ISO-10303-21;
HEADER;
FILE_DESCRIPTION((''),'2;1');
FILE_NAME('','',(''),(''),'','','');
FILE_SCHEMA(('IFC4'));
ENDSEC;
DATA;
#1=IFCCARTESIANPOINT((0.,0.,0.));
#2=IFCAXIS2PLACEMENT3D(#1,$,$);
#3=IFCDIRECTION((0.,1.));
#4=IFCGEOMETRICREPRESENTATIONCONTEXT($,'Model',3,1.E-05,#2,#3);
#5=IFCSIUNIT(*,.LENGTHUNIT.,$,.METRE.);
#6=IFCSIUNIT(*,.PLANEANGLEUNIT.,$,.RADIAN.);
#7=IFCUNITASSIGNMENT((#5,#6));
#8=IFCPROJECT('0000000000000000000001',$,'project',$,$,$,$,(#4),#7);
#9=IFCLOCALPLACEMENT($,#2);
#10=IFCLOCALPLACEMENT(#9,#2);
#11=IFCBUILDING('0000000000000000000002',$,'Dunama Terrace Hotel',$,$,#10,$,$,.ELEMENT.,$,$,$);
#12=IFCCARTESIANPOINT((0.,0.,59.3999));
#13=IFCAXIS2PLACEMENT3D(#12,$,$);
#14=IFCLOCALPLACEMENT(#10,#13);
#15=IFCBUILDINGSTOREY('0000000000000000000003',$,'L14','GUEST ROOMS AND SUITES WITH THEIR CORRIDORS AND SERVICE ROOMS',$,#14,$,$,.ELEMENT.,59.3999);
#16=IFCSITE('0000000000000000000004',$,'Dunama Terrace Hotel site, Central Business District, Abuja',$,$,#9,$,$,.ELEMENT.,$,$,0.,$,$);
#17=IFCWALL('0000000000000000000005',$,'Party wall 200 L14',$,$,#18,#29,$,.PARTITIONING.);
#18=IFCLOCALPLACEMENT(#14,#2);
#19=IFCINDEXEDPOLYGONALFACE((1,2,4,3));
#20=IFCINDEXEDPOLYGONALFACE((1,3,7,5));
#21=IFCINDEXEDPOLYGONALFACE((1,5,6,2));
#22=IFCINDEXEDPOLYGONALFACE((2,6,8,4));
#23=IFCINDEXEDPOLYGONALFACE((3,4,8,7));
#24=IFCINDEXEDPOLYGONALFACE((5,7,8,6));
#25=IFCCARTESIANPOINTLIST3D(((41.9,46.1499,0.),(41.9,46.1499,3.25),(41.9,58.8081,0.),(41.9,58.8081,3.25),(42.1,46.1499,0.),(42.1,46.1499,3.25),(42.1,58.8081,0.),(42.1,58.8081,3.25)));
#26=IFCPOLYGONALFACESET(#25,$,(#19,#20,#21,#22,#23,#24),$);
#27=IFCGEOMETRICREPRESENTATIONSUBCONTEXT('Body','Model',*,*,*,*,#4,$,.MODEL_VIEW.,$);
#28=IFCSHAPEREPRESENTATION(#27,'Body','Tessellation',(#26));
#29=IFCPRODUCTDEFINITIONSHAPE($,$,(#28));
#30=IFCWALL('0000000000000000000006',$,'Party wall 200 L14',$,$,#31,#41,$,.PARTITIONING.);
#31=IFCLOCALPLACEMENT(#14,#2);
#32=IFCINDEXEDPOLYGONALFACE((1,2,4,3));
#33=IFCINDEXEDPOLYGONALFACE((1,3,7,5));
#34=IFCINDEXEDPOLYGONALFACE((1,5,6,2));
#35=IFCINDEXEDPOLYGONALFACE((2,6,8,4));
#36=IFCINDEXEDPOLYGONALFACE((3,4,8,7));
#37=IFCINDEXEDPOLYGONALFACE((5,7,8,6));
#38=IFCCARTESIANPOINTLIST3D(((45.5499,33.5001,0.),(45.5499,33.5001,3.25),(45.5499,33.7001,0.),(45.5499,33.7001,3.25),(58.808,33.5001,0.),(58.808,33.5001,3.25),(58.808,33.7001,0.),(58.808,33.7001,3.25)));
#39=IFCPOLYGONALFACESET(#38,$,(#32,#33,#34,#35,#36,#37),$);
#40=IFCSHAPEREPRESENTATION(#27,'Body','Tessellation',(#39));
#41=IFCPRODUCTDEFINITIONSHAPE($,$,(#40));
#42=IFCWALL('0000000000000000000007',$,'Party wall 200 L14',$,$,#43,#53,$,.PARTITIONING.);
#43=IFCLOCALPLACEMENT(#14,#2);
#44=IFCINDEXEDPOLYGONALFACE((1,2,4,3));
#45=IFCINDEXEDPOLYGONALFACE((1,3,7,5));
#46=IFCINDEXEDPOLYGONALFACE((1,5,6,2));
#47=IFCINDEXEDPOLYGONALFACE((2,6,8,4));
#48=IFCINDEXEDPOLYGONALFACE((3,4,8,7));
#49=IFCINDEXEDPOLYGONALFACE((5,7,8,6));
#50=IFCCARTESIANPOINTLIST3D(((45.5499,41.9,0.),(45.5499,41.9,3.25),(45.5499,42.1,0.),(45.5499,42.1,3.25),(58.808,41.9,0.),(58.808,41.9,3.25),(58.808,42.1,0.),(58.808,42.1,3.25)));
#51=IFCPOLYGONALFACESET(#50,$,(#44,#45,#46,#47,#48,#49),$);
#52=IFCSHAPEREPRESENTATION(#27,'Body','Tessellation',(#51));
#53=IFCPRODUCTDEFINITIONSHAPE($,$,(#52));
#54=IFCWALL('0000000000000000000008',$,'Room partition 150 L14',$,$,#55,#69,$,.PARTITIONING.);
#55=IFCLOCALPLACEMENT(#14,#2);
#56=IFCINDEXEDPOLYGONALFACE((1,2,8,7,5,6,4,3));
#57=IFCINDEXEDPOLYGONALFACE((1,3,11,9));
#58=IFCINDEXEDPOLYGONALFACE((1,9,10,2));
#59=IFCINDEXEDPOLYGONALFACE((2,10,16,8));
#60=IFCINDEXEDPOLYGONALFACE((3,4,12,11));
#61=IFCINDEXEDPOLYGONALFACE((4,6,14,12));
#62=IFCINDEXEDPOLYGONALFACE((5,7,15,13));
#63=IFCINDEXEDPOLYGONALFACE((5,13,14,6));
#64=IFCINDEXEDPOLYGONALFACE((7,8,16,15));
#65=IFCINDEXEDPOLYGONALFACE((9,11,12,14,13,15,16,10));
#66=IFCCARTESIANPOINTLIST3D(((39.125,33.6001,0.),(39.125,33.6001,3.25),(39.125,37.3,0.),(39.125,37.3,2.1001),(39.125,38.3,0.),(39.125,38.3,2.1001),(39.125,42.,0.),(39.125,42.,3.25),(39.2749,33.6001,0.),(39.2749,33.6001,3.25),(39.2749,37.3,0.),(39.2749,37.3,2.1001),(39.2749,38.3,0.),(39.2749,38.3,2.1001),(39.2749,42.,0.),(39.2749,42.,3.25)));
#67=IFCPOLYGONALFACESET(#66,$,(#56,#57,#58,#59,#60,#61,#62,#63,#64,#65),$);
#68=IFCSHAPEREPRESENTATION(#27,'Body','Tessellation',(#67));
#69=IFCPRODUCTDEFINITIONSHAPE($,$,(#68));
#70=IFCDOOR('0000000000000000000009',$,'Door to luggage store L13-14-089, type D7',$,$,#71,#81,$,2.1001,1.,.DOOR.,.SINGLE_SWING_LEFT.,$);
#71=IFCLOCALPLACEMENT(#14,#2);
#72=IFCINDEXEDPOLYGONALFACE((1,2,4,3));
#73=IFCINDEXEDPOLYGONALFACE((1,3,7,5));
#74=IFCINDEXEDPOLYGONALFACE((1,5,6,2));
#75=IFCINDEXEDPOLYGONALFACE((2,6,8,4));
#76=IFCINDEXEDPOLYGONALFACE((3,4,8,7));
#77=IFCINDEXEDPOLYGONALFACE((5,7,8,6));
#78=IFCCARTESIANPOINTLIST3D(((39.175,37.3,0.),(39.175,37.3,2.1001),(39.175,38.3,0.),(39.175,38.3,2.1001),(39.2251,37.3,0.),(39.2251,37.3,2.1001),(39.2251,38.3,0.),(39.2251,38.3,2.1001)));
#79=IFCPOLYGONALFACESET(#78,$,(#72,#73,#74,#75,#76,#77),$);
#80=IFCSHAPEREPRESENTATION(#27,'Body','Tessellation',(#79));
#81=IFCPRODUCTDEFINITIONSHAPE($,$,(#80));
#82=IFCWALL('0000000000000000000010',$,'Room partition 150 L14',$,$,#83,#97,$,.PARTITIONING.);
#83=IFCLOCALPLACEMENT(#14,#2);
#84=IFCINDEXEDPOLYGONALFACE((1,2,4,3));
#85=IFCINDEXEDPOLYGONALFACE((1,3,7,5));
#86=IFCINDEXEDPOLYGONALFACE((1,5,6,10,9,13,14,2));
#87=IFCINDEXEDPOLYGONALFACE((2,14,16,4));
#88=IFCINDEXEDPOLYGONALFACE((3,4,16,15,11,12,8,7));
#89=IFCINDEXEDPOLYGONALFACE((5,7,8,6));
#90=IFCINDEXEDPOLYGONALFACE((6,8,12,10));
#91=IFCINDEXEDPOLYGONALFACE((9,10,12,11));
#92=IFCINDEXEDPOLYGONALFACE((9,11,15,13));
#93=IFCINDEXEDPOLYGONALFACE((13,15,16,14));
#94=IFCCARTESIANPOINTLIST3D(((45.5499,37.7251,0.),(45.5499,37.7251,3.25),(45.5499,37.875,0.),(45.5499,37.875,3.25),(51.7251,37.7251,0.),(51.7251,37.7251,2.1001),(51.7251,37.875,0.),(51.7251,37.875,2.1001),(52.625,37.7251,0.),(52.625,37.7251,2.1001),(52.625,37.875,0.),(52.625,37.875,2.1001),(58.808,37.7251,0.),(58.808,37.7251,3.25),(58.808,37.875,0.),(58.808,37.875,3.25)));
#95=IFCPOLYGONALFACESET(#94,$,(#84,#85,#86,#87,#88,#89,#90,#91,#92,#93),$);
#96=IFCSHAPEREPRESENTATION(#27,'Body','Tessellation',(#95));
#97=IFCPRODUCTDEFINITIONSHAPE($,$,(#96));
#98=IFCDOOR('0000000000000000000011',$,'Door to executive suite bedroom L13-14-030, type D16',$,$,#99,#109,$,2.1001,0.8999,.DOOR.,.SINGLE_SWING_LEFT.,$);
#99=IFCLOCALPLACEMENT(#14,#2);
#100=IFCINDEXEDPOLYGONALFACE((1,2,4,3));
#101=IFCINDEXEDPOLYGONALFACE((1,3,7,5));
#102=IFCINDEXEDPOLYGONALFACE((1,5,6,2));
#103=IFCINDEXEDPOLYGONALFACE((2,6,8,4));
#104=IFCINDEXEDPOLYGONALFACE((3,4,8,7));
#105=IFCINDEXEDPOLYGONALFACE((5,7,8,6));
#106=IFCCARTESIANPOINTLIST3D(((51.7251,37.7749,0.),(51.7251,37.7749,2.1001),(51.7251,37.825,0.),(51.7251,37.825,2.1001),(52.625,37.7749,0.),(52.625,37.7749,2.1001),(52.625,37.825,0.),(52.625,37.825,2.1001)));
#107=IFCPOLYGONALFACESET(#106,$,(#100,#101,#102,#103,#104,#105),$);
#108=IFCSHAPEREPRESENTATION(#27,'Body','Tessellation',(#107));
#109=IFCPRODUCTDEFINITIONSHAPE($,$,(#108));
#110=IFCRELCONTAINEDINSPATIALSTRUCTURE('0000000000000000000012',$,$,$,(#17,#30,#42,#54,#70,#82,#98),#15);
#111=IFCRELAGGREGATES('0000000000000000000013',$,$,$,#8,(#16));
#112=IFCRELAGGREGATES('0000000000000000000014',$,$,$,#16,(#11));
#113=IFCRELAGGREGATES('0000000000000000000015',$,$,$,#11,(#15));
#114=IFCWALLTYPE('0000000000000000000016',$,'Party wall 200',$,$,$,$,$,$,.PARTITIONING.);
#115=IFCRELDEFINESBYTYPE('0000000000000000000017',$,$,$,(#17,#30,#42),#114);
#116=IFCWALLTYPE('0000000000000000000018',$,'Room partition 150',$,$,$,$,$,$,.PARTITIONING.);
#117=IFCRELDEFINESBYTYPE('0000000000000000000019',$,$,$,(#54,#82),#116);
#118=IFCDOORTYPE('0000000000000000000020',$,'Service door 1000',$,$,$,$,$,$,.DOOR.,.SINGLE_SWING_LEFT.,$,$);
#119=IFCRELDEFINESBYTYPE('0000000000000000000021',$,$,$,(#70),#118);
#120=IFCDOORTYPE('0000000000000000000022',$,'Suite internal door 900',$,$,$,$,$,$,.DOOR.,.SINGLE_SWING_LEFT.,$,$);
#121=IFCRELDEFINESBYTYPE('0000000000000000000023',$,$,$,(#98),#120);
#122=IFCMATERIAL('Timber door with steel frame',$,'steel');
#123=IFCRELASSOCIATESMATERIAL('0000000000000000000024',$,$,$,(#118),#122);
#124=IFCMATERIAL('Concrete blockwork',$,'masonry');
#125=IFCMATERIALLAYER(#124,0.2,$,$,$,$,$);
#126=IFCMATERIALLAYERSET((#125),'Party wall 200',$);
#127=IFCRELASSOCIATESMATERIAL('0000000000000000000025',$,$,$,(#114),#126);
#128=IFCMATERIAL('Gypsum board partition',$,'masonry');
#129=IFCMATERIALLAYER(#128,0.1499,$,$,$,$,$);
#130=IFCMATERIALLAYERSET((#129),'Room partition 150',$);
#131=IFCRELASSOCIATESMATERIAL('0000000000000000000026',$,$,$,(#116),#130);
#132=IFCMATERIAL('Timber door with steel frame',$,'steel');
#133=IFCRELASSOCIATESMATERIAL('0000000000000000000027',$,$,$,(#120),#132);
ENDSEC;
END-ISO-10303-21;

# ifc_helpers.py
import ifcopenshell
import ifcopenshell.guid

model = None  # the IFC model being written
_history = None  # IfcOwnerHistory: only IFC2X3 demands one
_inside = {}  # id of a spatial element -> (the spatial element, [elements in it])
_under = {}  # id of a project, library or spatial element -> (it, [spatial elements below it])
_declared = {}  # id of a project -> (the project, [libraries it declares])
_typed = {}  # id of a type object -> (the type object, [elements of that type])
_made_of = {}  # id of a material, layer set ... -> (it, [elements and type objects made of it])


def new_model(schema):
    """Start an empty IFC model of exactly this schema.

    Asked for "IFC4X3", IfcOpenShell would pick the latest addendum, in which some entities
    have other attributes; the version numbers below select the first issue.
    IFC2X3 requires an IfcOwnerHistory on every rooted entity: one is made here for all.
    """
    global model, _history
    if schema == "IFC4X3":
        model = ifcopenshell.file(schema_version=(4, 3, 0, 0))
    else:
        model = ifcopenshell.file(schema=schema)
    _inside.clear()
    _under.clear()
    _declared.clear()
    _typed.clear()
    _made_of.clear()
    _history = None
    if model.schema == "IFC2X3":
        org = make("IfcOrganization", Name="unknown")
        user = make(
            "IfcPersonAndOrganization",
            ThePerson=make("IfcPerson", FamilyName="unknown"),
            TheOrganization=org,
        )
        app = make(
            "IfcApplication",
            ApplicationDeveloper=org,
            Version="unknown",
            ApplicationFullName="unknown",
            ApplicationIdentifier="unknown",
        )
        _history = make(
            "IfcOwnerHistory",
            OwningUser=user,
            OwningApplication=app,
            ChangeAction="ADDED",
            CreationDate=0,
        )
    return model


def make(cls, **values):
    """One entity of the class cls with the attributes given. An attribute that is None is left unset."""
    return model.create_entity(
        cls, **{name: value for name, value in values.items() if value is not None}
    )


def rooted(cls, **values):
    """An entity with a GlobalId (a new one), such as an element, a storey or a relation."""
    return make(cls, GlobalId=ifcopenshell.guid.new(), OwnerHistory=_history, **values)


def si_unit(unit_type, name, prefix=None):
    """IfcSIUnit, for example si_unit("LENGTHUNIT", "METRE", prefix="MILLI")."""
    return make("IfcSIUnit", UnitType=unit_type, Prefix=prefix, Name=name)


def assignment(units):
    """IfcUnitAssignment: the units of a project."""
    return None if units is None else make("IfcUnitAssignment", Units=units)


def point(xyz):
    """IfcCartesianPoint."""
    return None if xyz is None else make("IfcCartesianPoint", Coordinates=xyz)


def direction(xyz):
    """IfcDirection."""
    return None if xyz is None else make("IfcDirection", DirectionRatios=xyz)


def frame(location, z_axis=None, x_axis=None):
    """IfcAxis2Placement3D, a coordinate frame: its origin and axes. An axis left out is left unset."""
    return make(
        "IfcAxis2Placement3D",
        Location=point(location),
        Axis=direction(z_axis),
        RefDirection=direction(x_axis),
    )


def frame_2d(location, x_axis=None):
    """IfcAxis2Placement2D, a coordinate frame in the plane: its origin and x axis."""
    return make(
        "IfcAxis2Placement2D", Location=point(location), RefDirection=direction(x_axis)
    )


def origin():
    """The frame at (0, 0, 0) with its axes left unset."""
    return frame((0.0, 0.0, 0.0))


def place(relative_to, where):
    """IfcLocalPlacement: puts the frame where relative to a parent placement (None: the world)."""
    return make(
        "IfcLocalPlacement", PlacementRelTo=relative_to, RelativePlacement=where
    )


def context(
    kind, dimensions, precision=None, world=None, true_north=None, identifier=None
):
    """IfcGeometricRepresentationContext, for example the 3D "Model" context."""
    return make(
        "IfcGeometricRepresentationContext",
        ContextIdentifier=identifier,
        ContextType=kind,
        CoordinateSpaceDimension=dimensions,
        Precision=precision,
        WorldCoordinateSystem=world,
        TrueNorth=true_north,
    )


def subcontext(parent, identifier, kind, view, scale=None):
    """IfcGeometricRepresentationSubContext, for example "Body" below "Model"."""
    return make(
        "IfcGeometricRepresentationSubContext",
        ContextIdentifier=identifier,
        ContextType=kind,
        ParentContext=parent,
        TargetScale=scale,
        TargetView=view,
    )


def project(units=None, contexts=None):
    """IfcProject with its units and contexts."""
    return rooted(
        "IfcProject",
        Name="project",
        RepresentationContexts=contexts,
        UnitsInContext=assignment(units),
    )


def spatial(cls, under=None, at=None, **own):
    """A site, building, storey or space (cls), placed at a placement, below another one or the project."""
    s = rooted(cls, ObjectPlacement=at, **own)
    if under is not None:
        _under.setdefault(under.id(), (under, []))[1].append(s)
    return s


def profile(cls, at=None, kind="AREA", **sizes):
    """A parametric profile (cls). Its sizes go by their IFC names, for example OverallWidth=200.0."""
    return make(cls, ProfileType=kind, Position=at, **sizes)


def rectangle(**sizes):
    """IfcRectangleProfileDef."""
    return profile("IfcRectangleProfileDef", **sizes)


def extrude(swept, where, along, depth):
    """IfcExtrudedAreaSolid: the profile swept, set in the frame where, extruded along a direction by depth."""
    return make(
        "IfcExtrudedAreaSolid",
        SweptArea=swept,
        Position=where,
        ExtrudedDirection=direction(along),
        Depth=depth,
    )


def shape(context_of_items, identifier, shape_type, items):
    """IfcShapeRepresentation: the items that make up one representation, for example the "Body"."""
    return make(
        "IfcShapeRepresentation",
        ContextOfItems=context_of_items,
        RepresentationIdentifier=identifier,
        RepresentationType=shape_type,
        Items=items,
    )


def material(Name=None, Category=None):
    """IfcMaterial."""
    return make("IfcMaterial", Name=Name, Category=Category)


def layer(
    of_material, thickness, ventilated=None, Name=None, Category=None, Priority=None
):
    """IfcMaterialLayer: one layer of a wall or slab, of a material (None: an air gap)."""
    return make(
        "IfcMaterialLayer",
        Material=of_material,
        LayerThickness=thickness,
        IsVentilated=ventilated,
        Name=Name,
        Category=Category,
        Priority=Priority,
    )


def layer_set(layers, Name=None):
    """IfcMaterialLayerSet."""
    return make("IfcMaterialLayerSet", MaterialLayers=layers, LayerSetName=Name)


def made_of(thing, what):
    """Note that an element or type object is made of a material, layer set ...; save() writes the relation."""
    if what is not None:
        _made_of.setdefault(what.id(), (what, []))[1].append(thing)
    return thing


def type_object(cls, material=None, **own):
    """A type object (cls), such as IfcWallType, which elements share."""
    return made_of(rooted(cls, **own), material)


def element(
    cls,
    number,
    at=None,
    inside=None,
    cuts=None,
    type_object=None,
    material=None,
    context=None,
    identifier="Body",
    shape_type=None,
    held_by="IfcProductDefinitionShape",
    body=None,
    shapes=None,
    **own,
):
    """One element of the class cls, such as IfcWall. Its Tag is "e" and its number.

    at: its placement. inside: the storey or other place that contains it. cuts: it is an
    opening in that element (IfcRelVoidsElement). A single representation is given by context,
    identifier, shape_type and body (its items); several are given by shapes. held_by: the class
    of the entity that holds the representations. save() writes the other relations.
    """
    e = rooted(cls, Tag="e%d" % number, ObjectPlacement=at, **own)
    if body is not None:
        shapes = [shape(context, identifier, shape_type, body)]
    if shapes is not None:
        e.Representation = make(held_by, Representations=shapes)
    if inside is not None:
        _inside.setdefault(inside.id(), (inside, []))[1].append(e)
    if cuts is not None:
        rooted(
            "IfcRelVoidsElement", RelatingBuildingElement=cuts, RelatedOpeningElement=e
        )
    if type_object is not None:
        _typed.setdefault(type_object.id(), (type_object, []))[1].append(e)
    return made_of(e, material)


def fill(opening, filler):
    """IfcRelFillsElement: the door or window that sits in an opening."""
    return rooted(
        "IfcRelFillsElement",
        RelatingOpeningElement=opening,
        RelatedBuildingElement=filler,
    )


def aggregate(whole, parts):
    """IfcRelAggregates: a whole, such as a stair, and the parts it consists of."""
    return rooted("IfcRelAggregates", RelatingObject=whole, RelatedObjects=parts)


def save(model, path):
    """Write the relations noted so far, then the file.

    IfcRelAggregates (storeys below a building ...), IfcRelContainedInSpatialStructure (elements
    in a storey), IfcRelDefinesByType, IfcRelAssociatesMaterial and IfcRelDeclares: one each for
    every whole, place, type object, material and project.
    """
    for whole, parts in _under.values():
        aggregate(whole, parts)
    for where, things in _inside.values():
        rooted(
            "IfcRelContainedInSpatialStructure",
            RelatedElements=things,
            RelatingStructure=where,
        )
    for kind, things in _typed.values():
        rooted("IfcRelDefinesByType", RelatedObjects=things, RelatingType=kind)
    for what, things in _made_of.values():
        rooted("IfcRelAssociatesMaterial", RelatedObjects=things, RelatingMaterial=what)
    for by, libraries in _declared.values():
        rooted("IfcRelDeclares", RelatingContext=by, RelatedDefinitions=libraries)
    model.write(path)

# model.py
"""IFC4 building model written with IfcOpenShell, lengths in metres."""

from ifc_helpers import new_model, si_unit, direction, frame, frame_2d, origin, place, context, subcontext, project, spatial, rectangle, extrude, material, layer, layer_set, type_object, element, fill, save


model = new_model("IFC4")

# Units and contexts
model_context = context("Model", 3, precision=1e-05, world=origin(), true_north=direction((0.0, 1.0)))
body_context = subcontext(model_context, "Body", "Model", "MODEL_VIEW")
ifc_project = project(units=[si_unit("LENGTHUNIT", "METRE"), si_unit("PLANEANGLEUNIT", "RADIAN")], contexts=[model_context])

# Site, building, storey
site_placement = place(None, origin())
site = spatial("IfcSite", under=ifc_project, at=site_placement, Name="Dunama Terrace Hotel site, Central Business District, Abuja", CompositionType="ELEMENT", RefElevation=0.0)
building_placement = place(site_placement, origin())
building = spatial("IfcBuilding", under=site, at=building_placement, Name="Dunama Terrace Hotel", CompositionType="ELEMENT")
storey_placement = place(building_placement, frame((0.0, 0.0, 59.3999)))
storey = spatial("IfcBuildingStorey", under=building, at=storey_placement, Name="L14", Description="GUEST ROOMS AND SUITES WITH THEIR CORRIDORS AND SERVICE ROOMS", CompositionType="ELEMENT", Elevation=59.3999)

# Shared definitions
ifc_material_1 = material(Name="Timber door with steel frame", Category="steel")
door_type_1 = type_object("IfcDoorType", Name="Service door 1000", OperationType="SINGLE_SWING_LEFT", PredefinedType="DOOR", material=ifc_material_1)

# Walls
ifc_material_2 = material(Name="Concrete blockwork", Category="masonry")
ifc_layer_1 = layer(ifc_material_2, 0.2)
ifc_layer_set_1 = layer_set([ifc_layer_1], Name="Party wall 200")
wall_type_1 = type_object("IfcWallType", Name="Party wall 200", PredefinedType="PARTITIONING", material=ifc_layer_set_1)
wall_1_placement = place(storey_placement, frame((42.0, 46.1499, 0.0), z_axis=(0.0, 0.0, 1.0), x_axis=(0.0, 1.0, 0.0)))
element("IfcWall", 1, at=wall_1_placement, inside=storey, type_object=wall_type_1, Name="Party wall 200 L14", PredefinedType="PARTITIONING", context=body_context, shape_type="SweptSolid", body=[
    extrude(rectangle(XDim=12.6582, YDim=0.2, at=frame_2d((6.3291, 0.0))), origin(), (0.0, 0.0, 1.0), 3.25),
])
for number, where, z_axis, x_axis, name in (
    (2, (45.55, 33.6001, 0.0), (0.0, 0.0, 1.0), (1.0, 0.0, 0.0), "Party wall 200 L14"),
    (3, (45.55, 42.0, 0.0), (0.0, 0.0, 1.0), (1.0, 0.0, 0.0), "Party wall 200 L14"),
):
    element("IfcWall", number, at=place(storey_placement, frame(where, z_axis=z_axis, x_axis=x_axis)), inside=storey, type_object=wall_type_1, Name=name, PredefinedType="PARTITIONING", context=body_context, shape_type="SweptSolid", body=[
        extrude(rectangle(XDim=13.2581, YDim=0.2, at=frame_2d((6.6289, 0.0))), origin(), (0.0, 0.0, 1.0), 3.25),
    ])

# Walls, openings, doors
ifc_material_3 = material(Name="Gypsum board partition", Category="masonry")
ifc_layer_2 = layer(ifc_material_3, 0.1499)
ifc_layer_set_2 = layer_set([ifc_layer_2], Name="Room partition 150")
wall_type_2 = type_object("IfcWallType", Name="Room partition 150", PredefinedType="PARTITIONING", material=ifc_layer_set_2)
wall_2_placement = place(storey_placement, frame((39.2, 33.6001, 0.0), z_axis=(0.0, 0.0, 1.0), x_axis=(0.0, 1.0, 0.0)))
wall_2 = element("IfcWall", 4, at=wall_2_placement, inside=storey, type_object=wall_type_2, Name="Room partition 150 L14", PredefinedType="PARTITIONING", context=body_context, shape_type="SweptSolid", body=[
    extrude(rectangle(XDim=8.3999, YDim=0.1499, at=frame_2d((4.2, 0.0))), origin(), (0.0, 0.0, 1.0), 3.25),
])
opening_1_placement = place(wall_2_placement, frame((3.7, 0.0, 0.0)))
opening_1 = element("IfcOpeningElement", 5, at=opening_1_placement, cuts=wall_2, PredefinedType="OPENING", context=body_context, shape_type="SweptSolid", body=[
    extrude(rectangle(XDim=1.0, YDim=2.1001, at=frame_2d((0.5, 1.05))), frame((0.0, 0.085, 0.0), z_axis=(0.0, -1.0, 0.0), x_axis=(1.0, 0.0, 0.0)), (0.0, 0.0, 1.0), 0.1699),
])
door_1_placement = place(opening_1_placement, origin())
door_1 = element("IfcDoor", 6, at=door_1_placement, inside=storey, type_object=door_type_1, Name="Door to luggage store L13-14-089, type D7", OperationType="SINGLE_SWING_LEFT", OverallHeight=2.1001, OverallWidth=1.0, PredefinedType="DOOR", context=body_context, shape_type="SweptSolid", body=[
    extrude(rectangle(XDim=1.0, YDim=2.1001, at=frame_2d((0.5, 1.05))), frame((0.0, 0.0249, 0.0), z_axis=(0.0, -1.0, 0.0), x_axis=(1.0, 0.0, 0.0)), (0.0, 0.0, 1.0), 0.05),
])
fill(opening_1, door_1)
wall_3_placement = place(storey_placement, frame((45.55, 37.8, 0.0), z_axis=(0.0, 0.0, 1.0), x_axis=(1.0, 0.0, 0.0)))
wall_3 = element("IfcWall", 7, at=wall_3_placement, inside=storey, type_object=wall_type_2, Name="Room partition 150 L14", PredefinedType="PARTITIONING", context=body_context, shape_type="SweptSolid", body=[
    extrude(rectangle(XDim=13.2581, YDim=0.1499, at=frame_2d((6.6289, 0.0))), origin(), (0.0, 0.0, 1.0), 3.25),
])
opening_2_placement = place(wall_3_placement, frame((6.175, 0.0, 0.0)))
opening_2 = element("IfcOpeningElement", 8, at=opening_2_placement, cuts=wall_3, PredefinedType="OPENING", context=body_context, shape_type="SweptSolid", body=[
    extrude(rectangle(XDim=0.8999, YDim=2.1001, at=frame_2d((0.45, 1.05))), frame((0.0, 0.085, 0.0), z_axis=(0.0, -1.0, 0.0), x_axis=(1.0, 0.0, 0.0)), (0.0, 0.0, 1.0), 0.1699),
])
ifc_material_4 = material(Name="Timber door with steel frame", Category="steel")
door_type_2 = type_object("IfcDoorType", Name="Suite internal door 900", OperationType="SINGLE_SWING_LEFT", PredefinedType="DOOR", material=ifc_material_4)
door_2_placement = place(opening_2_placement, origin())
door_2 = element("IfcDoor", 9, at=door_2_placement, inside=storey, type_object=door_type_2, Name="Door to executive suite bedroom L13-14-030, type D16", OperationType="SINGLE_SWING_LEFT", OverallHeight=2.1001, OverallWidth=0.8999, PredefinedType="DOOR", context=body_context, shape_type="SweptSolid", body=[
    extrude(rectangle(XDim=0.8999, YDim=2.1001, at=frame_2d((0.45, 1.05))), frame((0.0, 0.0249, 0.0), z_axis=(0.0, -1.0, 0.0), x_axis=(1.0, 0.0, 0.0)), (0.0, 0.0, 1.0), 0.05),
])
fill(opening_2, door_2)

save(model, "model.ifc")
